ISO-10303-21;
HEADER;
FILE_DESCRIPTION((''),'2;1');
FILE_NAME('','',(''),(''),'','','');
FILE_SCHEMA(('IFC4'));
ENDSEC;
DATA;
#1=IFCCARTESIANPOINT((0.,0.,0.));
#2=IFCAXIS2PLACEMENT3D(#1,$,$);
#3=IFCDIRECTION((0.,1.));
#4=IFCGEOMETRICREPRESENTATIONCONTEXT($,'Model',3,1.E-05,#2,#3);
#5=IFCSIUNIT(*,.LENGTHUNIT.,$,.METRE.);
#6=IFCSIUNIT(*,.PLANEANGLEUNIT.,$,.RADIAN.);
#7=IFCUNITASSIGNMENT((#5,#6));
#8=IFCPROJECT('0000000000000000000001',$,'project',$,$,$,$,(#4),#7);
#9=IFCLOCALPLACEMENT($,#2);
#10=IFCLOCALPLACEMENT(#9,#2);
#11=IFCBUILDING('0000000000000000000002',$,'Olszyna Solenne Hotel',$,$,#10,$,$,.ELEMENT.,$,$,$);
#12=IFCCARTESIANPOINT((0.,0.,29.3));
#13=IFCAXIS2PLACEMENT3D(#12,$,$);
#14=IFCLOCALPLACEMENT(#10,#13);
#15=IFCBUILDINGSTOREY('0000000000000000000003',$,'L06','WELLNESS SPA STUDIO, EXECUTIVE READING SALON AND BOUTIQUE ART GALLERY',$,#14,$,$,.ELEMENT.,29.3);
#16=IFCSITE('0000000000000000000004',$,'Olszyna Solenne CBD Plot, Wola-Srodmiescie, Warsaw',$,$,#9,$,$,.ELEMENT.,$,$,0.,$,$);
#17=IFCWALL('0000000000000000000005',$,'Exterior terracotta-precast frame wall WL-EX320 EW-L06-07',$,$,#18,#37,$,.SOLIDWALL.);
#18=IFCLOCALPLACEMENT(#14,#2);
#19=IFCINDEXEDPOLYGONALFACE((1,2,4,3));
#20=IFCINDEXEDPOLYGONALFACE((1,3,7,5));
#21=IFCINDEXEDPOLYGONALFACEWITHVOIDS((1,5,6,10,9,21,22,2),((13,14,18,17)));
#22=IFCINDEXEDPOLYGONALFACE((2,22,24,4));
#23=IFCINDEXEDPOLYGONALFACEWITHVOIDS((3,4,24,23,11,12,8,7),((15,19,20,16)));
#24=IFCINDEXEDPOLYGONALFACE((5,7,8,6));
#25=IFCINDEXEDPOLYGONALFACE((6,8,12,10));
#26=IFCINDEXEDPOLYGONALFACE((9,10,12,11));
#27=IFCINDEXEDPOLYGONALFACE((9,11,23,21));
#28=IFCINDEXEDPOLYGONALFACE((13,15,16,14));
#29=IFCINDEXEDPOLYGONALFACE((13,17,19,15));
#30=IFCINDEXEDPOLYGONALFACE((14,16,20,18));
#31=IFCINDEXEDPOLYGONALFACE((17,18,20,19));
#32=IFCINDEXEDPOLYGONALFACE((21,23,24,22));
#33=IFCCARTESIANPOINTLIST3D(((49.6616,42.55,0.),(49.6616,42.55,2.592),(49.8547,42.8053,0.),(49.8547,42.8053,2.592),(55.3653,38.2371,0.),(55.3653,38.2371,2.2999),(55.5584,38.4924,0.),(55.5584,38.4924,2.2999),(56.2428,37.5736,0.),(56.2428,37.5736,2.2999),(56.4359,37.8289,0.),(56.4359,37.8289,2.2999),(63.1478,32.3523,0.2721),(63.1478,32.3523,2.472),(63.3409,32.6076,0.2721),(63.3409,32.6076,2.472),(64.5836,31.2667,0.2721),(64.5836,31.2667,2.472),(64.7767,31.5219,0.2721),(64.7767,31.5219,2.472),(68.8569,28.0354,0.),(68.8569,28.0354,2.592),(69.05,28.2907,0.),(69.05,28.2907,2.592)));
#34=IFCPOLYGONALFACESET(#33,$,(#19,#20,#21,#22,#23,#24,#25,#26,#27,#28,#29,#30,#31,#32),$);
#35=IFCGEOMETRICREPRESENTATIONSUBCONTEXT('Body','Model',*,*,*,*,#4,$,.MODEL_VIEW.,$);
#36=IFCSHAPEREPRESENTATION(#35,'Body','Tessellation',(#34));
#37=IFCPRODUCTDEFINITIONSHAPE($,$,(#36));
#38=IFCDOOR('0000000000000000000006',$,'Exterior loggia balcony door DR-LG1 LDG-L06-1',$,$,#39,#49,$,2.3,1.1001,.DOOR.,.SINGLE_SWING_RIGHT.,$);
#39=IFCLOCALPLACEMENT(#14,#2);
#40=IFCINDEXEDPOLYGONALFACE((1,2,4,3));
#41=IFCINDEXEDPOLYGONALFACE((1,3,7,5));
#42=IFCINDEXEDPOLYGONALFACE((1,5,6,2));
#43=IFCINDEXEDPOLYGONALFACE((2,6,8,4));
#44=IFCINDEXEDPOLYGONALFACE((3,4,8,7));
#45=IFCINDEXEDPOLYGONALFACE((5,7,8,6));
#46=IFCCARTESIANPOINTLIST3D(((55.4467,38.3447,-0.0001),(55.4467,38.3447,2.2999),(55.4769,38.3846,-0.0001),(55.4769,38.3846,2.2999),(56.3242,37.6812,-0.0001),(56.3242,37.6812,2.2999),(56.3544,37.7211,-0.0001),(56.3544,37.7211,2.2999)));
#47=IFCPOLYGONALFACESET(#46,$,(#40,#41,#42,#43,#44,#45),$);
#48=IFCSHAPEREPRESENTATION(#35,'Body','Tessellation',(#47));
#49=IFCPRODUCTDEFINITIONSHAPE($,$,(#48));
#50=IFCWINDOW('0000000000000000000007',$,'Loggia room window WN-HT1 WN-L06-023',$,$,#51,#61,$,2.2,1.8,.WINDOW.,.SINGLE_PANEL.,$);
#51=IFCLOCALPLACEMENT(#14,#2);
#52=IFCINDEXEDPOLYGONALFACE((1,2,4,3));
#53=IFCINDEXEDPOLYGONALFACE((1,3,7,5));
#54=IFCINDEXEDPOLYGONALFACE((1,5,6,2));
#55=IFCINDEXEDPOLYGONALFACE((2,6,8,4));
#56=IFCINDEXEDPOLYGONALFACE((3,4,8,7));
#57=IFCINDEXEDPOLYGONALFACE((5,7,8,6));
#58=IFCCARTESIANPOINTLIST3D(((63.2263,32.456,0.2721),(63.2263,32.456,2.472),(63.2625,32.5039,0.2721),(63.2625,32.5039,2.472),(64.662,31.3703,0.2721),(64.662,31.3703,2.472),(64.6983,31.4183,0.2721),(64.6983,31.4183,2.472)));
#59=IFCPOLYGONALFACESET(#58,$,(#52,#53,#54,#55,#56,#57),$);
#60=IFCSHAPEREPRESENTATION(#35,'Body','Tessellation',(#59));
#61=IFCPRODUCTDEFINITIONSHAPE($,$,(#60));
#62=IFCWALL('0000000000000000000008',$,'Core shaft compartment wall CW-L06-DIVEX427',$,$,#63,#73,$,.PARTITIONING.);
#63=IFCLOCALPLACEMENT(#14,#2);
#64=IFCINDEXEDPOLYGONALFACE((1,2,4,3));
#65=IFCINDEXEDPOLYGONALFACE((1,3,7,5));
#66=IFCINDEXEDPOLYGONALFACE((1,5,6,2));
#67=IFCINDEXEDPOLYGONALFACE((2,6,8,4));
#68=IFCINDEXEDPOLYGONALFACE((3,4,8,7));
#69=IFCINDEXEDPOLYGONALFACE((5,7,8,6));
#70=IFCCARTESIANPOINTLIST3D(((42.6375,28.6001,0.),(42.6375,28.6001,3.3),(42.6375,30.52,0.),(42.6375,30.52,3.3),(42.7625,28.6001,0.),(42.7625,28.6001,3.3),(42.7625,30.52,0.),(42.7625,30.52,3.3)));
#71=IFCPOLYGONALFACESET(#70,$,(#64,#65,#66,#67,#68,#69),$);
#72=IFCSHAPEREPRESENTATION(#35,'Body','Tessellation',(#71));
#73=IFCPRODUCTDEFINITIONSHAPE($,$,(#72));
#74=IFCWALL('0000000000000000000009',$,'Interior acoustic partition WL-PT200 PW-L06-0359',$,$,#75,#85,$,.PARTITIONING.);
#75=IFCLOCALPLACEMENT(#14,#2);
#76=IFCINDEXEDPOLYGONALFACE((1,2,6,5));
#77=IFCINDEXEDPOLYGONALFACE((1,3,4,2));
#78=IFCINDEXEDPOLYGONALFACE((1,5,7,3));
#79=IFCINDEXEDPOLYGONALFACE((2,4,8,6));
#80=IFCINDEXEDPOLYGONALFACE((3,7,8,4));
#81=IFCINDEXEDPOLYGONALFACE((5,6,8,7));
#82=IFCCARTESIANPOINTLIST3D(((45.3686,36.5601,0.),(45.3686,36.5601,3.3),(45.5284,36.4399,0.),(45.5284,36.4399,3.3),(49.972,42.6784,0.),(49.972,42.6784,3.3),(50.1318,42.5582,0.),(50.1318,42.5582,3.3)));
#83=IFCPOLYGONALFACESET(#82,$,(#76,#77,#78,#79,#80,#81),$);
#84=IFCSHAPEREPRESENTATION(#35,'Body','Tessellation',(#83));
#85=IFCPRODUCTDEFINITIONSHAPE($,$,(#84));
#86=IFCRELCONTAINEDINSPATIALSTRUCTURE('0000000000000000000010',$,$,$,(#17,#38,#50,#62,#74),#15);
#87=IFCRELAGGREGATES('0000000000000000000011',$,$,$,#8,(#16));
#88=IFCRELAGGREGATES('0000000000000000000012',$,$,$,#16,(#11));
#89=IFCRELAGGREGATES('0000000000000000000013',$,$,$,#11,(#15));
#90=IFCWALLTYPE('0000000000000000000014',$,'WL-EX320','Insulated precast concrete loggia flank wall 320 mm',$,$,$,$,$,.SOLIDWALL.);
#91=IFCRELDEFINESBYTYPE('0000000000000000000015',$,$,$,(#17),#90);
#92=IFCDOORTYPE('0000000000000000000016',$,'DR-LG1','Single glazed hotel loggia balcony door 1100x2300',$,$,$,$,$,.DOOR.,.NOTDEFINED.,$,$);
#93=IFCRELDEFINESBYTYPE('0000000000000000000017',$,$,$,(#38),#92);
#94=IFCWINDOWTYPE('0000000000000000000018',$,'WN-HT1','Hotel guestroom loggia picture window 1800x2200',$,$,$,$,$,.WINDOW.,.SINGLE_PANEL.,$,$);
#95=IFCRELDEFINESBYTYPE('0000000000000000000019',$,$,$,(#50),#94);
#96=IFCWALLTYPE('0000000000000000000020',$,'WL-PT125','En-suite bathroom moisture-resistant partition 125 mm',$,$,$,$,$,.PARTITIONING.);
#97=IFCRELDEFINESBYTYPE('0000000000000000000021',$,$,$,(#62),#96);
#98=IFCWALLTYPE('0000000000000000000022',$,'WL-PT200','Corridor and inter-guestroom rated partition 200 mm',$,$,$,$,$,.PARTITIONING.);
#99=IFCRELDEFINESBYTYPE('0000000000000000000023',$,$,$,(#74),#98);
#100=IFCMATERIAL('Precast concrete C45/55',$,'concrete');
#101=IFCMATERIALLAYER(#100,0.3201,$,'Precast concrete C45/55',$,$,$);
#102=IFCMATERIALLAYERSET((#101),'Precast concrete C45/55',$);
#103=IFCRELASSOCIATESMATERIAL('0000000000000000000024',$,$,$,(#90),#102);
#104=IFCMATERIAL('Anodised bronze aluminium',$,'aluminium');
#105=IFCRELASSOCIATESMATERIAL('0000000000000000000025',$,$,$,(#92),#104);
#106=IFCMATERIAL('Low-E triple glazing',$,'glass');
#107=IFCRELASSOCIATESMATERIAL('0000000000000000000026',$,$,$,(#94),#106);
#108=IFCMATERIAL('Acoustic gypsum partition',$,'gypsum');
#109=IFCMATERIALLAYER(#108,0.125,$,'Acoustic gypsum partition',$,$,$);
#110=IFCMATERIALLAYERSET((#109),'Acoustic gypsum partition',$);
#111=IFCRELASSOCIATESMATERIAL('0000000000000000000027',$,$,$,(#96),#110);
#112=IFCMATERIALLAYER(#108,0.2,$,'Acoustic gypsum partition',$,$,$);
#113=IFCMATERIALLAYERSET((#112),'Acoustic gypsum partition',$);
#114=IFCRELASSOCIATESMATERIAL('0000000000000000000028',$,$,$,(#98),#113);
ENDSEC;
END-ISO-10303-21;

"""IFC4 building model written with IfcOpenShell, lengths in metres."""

from ifc_helpers import new_model, si_unit, direction, frame, frame_2d, origin, place, context, subcontext, project, spatial, rectangle, extrude, source, transform, mapped, material, layer, layer_set, type_object, type_shapes, element, fill, save


model = new_model("IFC4")

# Units and contexts
model_context = context("Model", 3, precision=1e-05, world=origin(), true_north=direction((0.0, 1.0)))
body_context = subcontext(model_context, "Body", "Model", "MODEL_VIEW")
ifc_project = project(units=[si_unit("LENGTHUNIT", "METRE"), si_unit("PLANEANGLEUNIT", "RADIAN")], contexts=[model_context])

# Site, building, storey
site_placement = place(None, origin())
site = spatial("IfcSite", under=ifc_project, at=site_placement, Name="Olszyna Solenne CBD Plot, Wola-Srodmiescie, Warsaw", CompositionType="ELEMENT", RefElevation=0.0)
building_placement = place(site_placement, origin())
building = spatial("IfcBuilding", under=site, at=building_placement, Name="Olszyna Solenne Hotel", CompositionType="ELEMENT")
storey_placement = place(building_placement, frame((0.0, 0.0, 29.3)))
storey = spatial("IfcBuildingStorey", under=building, at=storey_placement, Name="L06", Description="WELLNESS SPA STUDIO, EXECUTIVE READING SALON AND BOUTIQUE ART GALLERY", CompositionType="ELEMENT", Elevation=29.3)

# Shared definitions
ifc_material_1 = material(Name="Anodised bronze aluminium", Category="aluminium")

# Shared definitions
ifc_material_2 = material(Name="Low-E triple glazing", Category="glass")

# Wall, openings, door, window
ifc_material_3 = material(Name="Precast concrete C45/55", Category="concrete")
ifc_layer_1 = layer(ifc_material_3, 0.3201, Name="Precast concrete C45/55")
ifc_layer_set_1 = layer_set([ifc_layer_1], Name="Precast concrete C45/55")
wall_type_1 = type_object("IfcWallType", Name="WL-EX320", Description="Insulated precast concrete loggia flank wall 320 mm", PredefinedType="SOLIDWALL", material=ifc_layer_set_1)
wall_1_placement = place(storey_placement, frame((49.7581, 42.6777, 0.0), z_axis=(0.0, 0.0, 1.0), x_axis=(0.797637, -0.603138, 0.0)))
wall_1 = element("IfcWall", 1, at=wall_1_placement, inside=storey, type_object=wall_type_1, Name="Exterior terracotta-precast frame wall WL-EX320 EW-L06-07", PredefinedType="SOLIDWALL", context=body_context, shape_type="SweptSolid", body=[
    extrude(rectangle(XDim=24.0652, YDim=0.3201, at=frame_2d((12.0327, 0.0))), origin(), (0.0, 0.0, 1.0), 2.592),
])
opening_1_placement = place(wall_1_placement, frame((7.1509, 0.0, 0.0)))
opening_1 = element("IfcOpeningElement", 2, at=opening_1_placement, cuts=wall_1, PredefinedType="OPENING", context=body_context, shape_type="SweptSolid", body=[
    extrude(rectangle(XDim=1.1001, YDim=2.3, at=frame_2d((0.55, 1.1499))), frame((0.0, 0.1699, 0.0), z_axis=(0.0, -1.0, 0.0), x_axis=(1.0, 0.0, 0.0)), (0.0, 0.0, 1.0), 0.3401),
])
opening_2_placement = place(wall_1_placement, frame((16.908, 0.0, 0.272)))
opening_2 = element("IfcOpeningElement", 3, at=opening_2_placement, cuts=wall_1, PredefinedType="OPENING", context=body_context, shape_type="SweptSolid", body=[
    extrude(rectangle(XDim=1.8, YDim=2.2, at=frame_2d((0.8999, 1.1001))), frame((0.0, 0.1699, 0.0), z_axis=(0.0, -1.0, 0.0), x_axis=(1.0, 0.0, 0.0)), (0.0, 0.0, 1.0), 0.3401),
])
door_type_1 = type_object("IfcDoorType", Name="DR-LG1", Description="Single glazed hotel loggia balcony door 1100x2300", OperationType="NOTDEFINED", PredefinedType="DOOR", material=ifc_material_1)
shared_shape_1 = source(origin(), body_context, "Body", "SweptSolid", [
    extrude(rectangle(XDim=1.1001, YDim=2.3, at=frame_2d((0.55, 1.1499))), frame((0.0, 0.0249, 0.0), z_axis=(0.0, -1.0, 0.0), x_axis=(1.0, 0.0, 0.0)), (0.0, 0.0, 1.0), 0.05),
])
type_shapes(door_type_1, [shared_shape_1])
door_1_placement = place(opening_1_placement, origin())
door_1 = element("IfcDoor", 4, at=door_1_placement, inside=storey, type_object=door_type_1, Name="Exterior loggia balcony door DR-LG1 LDG-L06-1", OperationType="SINGLE_SWING_RIGHT", OverallHeight=2.3, OverallWidth=1.1001, PredefinedType="DOOR", context=body_context, shape_type="MappedRepresentation", body=[
    mapped(shared_shape_1, transform((0.0, 0.0, 0.0), x_axis=(1.0, 0.0, 0.0), y_axis=(0.0, 1.0, 0.0), z_axis=(0.0, 0.0, 1.0), scale=1.0)),
])
fill(opening_1, door_1)
window_type = type_object("IfcWindowType", Name="WN-HT1", Description="Hotel guestroom loggia picture window 1800x2200", PartitioningType="SINGLE_PANEL", PredefinedType="WINDOW", material=ifc_material_2)
shared_shape_2 = source(origin(), body_context, "Body", "SweptSolid", [
    extrude(rectangle(XDim=1.8, YDim=2.2, at=frame_2d((0.8999, 1.1001))), frame((0.0, 0.03, 0.0), z_axis=(0.0, -1.0, 0.0), x_axis=(1.0, 0.0, 0.0)), (0.0, 0.0, 1.0), 0.0601),
])
type_shapes(window_type, [shared_shape_2])
window_placement = place(opening_2_placement, origin())
window = element("IfcWindow", 5, at=window_placement, inside=storey, type_object=window_type, Name="Loggia room window WN-HT1 WN-L06-023", OverallHeight=2.2, OverallWidth=1.8, PartitioningType="SINGLE_PANEL", PredefinedType="WINDOW", context=body_context, shape_type="MappedRepresentation", body=[
    mapped(shared_shape_2, transform((0.0, 0.0, 0.0), x_axis=(1.0, 0.0, 0.0), y_axis=(0.0, 1.0, 0.0), z_axis=(0.0, 0.0, 1.0), scale=1.0)),
])
fill(opening_2, window)

# Walls
ifc_material_4 = material(Name="Acoustic gypsum partition", Category="gypsum")
ifc_layer_2 = layer(ifc_material_4, 0.125, Name="Acoustic gypsum partition")
ifc_layer_set_2 = layer_set([ifc_layer_2], Name="Acoustic gypsum partition")
wall_type_2 = type_object("IfcWallType", Name="WL-PT125", Description="En-suite bathroom moisture-resistant partition 125 mm", PredefinedType="PARTITIONING", material=ifc_layer_set_2)
wall_2_placement = place(storey_placement, frame((42.7, 28.6001, 0.0), z_axis=(0.0, 0.0, 1.0), x_axis=(0.0, 1.0, 0.0)))
element("IfcWall", 6, at=wall_2_placement, inside=storey, type_object=wall_type_2, Name="Core shaft compartment wall CW-L06-DIVEX427", PredefinedType="PARTITIONING", context=body_context, shape_type="SweptSolid", body=[
    extrude(rectangle(XDim=1.9199, YDim=0.125, at=frame_2d((0.96, 0.0))), origin(), (0.0, 0.0, 1.0), 3.3),
])
ifc_layer_3 = layer(ifc_material_4, 0.2, Name="Acoustic gypsum partition")
ifc_layer_set_3 = layer_set([ifc_layer_3], Name="Acoustic gypsum partition")
wall_type_3 = type_object("IfcWallType", Name="WL-PT200", Description="Corridor and inter-guestroom rated partition 200 mm", PredefinedType="PARTITIONING", material=ifc_layer_set_3)
wall_3_placement = place(storey_placement, frame((45.4485, 36.5, 0.0), z_axis=(0.0, 0.0, 1.0), x_axis=(0.601229, 0.799077, 0.0)))
element("IfcWall", 7, at=wall_3_placement, inside=storey, type_object=wall_type_3, Name="Interior acoustic partition WL-PT200 PW-L06-0359", PredefinedType="PARTITIONING", context=body_context, shape_type="SweptSolid", body=[
    extrude(rectangle(XDim=7.6567, YDim=0.2, at=frame_2d((3.8284, 0.0))), origin(), (0.0, 0.0, 1.0), 3.3),
])

save(model, "model.ifc")
